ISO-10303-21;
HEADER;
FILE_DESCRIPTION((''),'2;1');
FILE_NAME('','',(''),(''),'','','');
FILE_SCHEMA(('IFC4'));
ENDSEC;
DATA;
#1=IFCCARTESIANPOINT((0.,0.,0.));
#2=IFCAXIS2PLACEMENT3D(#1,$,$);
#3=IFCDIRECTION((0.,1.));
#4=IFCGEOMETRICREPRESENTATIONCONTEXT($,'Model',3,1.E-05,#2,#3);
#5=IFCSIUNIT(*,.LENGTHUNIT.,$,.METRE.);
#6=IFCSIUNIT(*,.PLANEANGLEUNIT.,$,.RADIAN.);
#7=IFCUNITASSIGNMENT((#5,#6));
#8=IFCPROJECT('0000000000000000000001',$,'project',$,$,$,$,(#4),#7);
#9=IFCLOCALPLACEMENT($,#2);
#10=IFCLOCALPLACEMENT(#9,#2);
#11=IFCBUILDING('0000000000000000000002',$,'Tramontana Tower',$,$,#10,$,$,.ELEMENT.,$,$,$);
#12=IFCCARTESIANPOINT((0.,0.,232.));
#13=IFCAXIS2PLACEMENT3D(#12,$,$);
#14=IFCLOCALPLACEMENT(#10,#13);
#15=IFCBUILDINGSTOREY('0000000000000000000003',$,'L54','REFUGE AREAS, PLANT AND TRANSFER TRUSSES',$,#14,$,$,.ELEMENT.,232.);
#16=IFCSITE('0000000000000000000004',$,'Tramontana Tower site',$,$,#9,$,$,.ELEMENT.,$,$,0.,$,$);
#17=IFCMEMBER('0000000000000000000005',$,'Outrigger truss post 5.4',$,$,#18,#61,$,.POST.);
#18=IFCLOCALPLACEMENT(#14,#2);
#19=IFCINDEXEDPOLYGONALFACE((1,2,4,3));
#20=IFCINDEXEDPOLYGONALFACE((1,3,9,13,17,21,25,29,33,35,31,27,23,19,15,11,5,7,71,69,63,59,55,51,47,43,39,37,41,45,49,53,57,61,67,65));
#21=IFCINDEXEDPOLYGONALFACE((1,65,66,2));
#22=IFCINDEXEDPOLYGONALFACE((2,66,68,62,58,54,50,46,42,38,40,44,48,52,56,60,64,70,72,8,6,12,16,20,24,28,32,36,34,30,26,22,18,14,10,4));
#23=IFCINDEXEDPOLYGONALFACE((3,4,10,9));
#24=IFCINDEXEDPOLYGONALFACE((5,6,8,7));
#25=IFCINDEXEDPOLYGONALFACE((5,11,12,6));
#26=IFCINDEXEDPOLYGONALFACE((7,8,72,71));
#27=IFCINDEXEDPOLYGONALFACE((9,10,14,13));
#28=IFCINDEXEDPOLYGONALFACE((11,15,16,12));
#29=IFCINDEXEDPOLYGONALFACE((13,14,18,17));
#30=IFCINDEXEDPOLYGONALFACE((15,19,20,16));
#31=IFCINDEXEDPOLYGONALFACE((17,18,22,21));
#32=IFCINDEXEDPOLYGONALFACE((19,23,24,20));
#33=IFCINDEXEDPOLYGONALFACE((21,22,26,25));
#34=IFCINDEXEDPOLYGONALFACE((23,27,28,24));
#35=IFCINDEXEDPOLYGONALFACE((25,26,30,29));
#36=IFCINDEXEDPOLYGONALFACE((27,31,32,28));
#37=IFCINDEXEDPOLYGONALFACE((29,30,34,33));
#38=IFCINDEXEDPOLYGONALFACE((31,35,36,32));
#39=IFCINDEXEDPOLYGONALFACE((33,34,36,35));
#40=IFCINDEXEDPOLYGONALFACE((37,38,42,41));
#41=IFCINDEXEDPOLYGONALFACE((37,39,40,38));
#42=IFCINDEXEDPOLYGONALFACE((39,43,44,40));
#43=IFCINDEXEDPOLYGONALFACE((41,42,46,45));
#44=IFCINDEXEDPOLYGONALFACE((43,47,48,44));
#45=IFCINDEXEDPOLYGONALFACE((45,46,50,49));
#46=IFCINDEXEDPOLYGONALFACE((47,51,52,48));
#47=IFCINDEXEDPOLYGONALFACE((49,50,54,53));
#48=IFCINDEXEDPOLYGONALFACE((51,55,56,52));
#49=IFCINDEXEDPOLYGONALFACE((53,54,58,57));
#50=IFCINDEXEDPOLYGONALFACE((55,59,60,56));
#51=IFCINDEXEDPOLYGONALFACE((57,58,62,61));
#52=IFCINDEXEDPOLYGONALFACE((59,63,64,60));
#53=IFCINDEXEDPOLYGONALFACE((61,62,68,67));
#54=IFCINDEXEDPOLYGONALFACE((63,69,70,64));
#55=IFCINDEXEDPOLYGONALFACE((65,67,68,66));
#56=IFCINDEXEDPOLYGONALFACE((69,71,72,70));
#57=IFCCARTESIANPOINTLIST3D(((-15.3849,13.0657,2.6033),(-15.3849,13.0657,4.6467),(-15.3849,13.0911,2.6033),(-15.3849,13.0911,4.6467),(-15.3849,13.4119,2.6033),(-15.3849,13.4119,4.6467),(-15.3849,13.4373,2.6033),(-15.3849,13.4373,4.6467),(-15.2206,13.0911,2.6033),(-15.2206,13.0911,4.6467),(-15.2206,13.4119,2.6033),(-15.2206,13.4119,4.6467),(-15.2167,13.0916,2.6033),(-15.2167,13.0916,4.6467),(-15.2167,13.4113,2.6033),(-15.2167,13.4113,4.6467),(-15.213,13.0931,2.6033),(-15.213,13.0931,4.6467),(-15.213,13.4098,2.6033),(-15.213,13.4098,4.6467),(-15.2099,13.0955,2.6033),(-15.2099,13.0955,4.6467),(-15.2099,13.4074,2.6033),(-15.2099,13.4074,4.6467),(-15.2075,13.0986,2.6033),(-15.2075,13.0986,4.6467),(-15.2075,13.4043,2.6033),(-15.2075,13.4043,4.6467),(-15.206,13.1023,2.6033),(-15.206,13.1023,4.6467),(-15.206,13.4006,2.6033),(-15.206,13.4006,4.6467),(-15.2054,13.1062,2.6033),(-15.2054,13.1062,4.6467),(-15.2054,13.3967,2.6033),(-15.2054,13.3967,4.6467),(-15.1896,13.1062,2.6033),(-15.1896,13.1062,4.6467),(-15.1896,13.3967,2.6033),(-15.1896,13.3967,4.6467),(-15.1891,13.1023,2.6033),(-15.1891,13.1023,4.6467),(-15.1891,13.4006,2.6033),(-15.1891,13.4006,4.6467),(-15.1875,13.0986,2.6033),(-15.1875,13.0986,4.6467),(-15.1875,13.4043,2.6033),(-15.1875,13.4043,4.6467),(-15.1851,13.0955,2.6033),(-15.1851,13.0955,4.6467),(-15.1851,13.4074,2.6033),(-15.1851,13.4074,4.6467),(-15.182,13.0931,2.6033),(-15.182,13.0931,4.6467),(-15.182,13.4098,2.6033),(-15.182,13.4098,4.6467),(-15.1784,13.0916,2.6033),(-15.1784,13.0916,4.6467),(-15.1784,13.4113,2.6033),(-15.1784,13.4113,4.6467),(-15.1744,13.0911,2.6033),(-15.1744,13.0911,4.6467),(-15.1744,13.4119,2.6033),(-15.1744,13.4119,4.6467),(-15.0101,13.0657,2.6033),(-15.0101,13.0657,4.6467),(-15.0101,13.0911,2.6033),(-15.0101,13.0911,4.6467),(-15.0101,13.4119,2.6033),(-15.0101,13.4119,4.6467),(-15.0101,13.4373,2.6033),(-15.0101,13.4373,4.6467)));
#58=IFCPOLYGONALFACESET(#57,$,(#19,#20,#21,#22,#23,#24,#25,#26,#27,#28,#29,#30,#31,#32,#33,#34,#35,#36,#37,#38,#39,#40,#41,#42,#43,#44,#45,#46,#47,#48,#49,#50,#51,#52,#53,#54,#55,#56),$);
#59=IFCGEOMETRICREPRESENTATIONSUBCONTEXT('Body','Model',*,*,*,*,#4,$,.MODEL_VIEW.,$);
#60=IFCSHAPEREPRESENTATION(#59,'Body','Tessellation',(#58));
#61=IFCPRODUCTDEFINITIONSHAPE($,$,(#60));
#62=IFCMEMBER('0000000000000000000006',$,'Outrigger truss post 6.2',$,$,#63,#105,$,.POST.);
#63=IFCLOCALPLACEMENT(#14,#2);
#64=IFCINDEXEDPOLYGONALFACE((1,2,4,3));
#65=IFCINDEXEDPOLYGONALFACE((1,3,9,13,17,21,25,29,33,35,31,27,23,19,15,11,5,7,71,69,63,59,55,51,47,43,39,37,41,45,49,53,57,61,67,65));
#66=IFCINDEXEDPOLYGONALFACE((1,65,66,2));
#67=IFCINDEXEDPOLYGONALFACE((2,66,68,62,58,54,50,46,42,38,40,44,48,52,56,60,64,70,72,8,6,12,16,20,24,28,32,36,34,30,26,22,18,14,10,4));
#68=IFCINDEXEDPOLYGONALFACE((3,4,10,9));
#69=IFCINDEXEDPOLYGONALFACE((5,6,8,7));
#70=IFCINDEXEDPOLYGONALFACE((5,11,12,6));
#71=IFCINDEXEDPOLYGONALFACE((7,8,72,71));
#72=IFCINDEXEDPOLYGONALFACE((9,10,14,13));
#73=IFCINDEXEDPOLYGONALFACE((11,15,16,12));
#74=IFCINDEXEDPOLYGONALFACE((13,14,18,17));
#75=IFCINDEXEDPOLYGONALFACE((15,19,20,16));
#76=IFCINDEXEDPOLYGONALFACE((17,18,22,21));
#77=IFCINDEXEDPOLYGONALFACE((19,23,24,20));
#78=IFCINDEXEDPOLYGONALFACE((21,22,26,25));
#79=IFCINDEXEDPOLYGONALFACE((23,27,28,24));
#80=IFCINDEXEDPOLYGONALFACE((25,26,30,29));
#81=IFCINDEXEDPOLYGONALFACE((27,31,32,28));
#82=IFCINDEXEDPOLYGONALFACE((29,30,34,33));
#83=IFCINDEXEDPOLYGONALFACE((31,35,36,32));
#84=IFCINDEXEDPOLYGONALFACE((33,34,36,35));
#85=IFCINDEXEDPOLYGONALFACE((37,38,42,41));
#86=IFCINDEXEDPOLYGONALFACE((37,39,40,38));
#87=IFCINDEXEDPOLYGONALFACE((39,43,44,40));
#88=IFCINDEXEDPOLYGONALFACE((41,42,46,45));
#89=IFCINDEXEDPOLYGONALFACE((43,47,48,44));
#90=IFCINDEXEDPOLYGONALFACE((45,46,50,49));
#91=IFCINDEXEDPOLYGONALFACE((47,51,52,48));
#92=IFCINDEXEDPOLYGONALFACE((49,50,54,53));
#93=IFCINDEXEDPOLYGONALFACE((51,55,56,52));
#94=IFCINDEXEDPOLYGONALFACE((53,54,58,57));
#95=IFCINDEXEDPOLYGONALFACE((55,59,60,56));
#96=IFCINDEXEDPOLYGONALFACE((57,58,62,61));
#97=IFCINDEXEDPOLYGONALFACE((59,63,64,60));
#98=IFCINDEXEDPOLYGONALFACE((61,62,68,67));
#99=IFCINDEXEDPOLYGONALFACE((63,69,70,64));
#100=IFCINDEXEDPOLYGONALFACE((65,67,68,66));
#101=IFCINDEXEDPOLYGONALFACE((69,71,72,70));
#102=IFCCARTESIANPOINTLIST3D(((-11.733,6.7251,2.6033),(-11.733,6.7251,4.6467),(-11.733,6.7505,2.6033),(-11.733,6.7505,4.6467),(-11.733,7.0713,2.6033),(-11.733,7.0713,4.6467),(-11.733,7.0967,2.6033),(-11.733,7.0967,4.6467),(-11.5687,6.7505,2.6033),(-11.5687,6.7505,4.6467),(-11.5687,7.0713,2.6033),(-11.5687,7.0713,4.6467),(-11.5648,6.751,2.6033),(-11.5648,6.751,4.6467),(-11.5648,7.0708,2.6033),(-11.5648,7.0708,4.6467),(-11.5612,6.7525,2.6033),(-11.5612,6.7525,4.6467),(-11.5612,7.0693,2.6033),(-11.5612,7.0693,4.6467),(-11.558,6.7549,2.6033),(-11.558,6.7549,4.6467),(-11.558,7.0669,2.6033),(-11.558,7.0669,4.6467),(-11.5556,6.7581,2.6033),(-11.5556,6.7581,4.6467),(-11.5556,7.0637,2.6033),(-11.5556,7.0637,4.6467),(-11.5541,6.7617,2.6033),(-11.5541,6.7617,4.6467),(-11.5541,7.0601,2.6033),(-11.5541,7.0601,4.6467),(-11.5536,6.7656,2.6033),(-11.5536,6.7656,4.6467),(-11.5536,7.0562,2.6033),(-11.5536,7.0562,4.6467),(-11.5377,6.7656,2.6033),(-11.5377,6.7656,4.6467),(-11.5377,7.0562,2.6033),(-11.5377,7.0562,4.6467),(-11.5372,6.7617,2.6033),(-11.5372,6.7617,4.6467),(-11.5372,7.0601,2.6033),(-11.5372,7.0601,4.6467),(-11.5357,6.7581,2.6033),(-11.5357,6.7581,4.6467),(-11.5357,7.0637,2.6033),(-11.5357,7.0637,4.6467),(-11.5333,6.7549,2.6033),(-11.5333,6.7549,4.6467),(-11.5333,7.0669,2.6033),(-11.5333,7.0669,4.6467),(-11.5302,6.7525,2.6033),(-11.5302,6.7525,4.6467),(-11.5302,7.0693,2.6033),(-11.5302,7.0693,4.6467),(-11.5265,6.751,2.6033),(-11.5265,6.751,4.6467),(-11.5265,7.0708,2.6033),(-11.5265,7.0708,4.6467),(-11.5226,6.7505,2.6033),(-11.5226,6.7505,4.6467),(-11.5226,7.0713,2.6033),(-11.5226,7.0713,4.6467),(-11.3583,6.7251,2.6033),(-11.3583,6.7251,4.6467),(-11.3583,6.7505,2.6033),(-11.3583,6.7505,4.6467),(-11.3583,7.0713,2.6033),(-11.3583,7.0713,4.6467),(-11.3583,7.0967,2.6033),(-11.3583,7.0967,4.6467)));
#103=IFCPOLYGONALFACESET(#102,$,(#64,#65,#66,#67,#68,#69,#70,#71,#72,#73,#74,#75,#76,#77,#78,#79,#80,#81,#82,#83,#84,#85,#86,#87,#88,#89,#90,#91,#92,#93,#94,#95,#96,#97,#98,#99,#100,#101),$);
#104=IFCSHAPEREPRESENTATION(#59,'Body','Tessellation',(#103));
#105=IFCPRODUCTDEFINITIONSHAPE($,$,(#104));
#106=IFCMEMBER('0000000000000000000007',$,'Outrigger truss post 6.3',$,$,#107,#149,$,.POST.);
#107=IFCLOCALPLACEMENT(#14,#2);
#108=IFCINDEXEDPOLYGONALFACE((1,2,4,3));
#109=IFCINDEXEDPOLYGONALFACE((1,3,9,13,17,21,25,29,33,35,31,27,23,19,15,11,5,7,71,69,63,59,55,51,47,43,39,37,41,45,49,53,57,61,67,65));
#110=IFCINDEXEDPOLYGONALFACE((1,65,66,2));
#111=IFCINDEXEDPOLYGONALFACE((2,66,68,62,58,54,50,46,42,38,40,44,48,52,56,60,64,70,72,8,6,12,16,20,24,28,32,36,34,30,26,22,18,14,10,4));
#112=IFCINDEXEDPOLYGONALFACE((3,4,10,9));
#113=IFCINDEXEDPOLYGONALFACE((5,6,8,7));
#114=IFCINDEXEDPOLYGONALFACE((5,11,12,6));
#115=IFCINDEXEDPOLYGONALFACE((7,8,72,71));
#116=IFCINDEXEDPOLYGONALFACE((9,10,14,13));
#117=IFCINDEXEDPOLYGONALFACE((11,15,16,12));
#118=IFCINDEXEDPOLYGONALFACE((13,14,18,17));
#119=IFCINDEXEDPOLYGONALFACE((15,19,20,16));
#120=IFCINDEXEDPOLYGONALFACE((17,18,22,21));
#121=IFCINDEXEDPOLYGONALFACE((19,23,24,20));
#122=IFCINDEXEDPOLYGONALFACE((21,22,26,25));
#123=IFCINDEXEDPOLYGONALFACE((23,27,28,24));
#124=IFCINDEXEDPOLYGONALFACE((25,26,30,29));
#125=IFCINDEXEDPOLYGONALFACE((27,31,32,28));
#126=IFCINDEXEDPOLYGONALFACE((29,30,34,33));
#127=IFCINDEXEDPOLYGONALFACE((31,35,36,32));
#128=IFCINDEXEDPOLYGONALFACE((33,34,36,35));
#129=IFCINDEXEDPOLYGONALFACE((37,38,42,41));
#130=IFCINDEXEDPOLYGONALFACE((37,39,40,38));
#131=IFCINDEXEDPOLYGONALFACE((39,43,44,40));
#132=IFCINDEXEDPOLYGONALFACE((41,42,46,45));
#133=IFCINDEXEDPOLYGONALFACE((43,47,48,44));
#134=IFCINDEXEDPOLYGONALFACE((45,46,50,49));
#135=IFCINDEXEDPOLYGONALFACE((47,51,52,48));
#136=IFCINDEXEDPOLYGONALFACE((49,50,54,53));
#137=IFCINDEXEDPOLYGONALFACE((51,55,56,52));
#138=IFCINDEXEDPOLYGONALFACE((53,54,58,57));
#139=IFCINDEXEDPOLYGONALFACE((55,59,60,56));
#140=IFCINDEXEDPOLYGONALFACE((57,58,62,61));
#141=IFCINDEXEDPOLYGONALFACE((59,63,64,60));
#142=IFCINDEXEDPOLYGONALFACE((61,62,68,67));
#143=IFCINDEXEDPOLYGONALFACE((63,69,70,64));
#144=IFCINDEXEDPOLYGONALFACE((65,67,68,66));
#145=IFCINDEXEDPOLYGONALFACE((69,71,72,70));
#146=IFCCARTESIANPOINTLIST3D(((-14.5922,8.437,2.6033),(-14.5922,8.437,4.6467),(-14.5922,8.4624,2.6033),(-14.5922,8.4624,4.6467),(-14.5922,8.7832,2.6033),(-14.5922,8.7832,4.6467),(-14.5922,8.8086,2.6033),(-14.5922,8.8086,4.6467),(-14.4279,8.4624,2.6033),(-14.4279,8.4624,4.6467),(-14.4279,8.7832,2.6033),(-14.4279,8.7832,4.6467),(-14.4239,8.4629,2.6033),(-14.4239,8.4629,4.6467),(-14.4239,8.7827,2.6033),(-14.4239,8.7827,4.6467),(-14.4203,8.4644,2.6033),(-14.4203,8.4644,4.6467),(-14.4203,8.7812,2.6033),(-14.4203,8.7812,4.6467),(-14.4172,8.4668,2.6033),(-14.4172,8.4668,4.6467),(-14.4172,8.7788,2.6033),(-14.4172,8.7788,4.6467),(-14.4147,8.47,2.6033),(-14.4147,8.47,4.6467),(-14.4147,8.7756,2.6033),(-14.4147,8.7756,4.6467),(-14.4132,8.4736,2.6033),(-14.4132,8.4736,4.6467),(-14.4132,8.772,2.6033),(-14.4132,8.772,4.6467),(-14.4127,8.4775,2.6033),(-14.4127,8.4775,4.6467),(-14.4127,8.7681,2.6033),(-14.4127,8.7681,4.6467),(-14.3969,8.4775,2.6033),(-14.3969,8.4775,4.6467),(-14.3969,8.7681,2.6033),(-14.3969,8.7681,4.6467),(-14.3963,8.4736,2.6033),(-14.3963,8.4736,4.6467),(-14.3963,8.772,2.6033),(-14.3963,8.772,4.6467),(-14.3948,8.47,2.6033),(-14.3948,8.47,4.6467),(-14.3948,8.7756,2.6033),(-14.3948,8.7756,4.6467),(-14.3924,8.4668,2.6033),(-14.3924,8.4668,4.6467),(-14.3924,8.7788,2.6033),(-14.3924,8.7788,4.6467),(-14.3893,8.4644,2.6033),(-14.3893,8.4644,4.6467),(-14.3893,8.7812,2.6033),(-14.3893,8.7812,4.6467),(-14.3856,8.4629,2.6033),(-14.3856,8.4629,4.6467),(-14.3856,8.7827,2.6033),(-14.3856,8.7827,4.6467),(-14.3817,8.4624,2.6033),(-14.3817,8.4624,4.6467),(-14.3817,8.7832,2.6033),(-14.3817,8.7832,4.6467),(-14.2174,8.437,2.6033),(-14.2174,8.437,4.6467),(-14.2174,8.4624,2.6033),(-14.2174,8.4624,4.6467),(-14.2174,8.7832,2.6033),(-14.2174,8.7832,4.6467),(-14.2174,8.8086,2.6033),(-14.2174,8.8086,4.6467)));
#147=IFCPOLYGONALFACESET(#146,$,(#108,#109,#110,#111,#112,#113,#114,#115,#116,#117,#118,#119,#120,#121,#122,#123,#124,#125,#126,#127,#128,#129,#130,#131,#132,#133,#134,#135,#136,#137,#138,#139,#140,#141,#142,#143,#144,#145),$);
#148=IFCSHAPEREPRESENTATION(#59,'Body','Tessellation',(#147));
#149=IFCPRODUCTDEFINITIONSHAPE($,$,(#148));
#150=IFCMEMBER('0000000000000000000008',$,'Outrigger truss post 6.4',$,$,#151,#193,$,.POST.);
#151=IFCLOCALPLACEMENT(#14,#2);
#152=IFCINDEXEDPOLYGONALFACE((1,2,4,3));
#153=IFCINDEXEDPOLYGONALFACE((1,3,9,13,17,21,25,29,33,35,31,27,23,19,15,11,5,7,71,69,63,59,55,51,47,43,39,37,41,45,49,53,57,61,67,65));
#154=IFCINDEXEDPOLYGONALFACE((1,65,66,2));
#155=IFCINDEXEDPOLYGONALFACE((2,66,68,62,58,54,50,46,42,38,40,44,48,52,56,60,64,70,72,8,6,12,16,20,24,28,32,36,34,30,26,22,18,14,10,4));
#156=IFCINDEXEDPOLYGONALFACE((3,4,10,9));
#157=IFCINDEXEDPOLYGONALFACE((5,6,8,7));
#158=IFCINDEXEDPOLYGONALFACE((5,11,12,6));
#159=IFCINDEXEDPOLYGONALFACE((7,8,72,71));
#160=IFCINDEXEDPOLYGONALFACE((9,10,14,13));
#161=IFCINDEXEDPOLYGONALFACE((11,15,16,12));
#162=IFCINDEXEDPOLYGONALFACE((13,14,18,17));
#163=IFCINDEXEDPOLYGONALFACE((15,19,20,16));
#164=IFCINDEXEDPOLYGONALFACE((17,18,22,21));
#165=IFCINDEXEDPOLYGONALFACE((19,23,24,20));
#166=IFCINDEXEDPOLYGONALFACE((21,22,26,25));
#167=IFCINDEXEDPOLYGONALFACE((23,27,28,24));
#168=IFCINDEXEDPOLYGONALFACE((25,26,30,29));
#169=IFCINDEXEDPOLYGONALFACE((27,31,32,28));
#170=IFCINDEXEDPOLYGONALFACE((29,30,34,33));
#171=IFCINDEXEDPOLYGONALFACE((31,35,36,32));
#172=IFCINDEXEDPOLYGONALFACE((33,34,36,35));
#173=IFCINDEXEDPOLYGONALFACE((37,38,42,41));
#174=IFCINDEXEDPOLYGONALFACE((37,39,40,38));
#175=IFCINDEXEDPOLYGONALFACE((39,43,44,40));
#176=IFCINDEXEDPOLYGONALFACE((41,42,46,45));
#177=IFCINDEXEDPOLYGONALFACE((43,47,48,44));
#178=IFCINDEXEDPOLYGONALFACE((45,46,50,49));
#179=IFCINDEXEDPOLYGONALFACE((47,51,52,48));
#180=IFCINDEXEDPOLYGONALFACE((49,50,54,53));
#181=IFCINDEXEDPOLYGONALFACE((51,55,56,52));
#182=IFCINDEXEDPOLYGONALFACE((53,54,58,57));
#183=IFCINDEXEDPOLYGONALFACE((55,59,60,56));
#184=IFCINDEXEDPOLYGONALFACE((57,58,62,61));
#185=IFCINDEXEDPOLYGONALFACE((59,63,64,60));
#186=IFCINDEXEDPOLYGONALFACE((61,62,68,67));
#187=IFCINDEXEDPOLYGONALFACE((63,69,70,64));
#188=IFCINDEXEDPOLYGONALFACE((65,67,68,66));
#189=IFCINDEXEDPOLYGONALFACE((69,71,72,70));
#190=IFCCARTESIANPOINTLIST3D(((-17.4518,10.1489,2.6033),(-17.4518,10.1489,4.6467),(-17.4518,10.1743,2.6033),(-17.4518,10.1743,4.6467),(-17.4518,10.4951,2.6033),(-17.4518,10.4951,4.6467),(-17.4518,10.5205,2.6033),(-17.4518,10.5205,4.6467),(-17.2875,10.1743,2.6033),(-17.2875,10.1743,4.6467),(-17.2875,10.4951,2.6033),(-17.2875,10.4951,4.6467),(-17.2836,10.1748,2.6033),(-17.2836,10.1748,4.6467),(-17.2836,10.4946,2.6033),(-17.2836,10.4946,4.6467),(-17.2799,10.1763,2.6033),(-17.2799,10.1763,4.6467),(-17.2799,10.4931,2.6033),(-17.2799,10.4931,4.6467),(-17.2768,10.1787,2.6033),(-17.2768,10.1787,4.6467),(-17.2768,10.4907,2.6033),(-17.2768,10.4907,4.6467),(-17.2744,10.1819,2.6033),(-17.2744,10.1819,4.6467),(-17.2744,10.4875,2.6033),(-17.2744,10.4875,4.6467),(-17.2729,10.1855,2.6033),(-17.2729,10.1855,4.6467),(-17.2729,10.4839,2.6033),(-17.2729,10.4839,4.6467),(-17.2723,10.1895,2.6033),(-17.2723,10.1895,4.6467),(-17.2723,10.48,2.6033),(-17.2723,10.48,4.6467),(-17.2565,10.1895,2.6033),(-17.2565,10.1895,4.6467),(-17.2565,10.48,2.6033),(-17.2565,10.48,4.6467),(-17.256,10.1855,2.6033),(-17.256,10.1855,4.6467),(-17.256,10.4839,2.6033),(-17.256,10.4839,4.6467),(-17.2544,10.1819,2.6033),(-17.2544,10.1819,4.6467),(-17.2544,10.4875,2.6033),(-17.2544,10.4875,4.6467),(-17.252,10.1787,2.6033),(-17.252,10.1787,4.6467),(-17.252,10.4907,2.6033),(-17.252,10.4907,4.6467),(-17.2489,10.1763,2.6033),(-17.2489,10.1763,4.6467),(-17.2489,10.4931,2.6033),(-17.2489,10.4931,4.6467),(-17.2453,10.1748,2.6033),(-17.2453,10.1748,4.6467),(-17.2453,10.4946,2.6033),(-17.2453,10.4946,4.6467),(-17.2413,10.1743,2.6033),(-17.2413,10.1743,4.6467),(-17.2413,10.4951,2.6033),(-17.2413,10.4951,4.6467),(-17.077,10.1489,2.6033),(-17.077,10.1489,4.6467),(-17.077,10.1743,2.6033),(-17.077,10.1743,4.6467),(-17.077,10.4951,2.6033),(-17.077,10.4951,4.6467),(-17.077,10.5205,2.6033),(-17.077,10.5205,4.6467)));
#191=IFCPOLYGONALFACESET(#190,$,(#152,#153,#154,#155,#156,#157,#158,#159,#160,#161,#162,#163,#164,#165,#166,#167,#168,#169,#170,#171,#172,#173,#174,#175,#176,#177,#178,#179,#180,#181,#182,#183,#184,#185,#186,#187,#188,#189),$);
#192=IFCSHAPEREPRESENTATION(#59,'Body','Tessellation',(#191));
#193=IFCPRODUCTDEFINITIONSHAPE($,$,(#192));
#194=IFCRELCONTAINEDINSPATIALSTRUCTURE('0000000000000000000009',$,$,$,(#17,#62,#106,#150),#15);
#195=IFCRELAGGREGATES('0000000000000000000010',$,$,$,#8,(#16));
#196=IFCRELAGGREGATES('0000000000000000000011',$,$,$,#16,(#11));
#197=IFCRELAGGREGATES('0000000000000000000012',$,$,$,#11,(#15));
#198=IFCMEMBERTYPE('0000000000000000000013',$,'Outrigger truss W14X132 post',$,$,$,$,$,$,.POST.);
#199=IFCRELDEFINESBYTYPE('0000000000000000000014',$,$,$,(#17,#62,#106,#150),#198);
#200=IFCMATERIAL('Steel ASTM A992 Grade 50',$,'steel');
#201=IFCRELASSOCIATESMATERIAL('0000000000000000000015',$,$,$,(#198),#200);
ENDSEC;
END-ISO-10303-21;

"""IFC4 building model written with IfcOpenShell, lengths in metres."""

from ifc_helpers import new_model, si_unit, direction, frame, origin, origin_2d, place, context, subcontext, project, spatial, i_section, extrude, material, material_profile, profile_set, type_object, element, save


model = new_model("IFC4")

# Units and contexts
model_context = context("Model", 3, precision=1e-05, world=origin(), true_north=direction((0.0, 1.0)))
body_context = subcontext(model_context, "Body", "Model", "MODEL_VIEW")
ifc_project = project(units=[si_unit("LENGTHUNIT", "METRE"), si_unit("PLANEANGLEUNIT", "RADIAN")], contexts=[model_context])

# Site, building, storey
site_placement = place(None, origin())
site = spatial("IfcSite", under=ifc_project, at=site_placement, Name="Tramontana Tower site", CompositionType="ELEMENT", RefElevation=0.0)
building_placement = place(site_placement, origin())
building = spatial("IfcBuilding", under=site, at=building_placement, Name="Tramontana Tower", CompositionType="ELEMENT")
storey_placement = place(building_placement, frame((0.0, 0.0, 232.0)))
storey = spatial("IfcBuildingStorey", under=building, at=storey_placement, Name="L54", Description="REFUGE AREAS, PLANT AND TRANSFER TRUSSES", CompositionType="ELEMENT", Elevation=232.0)

# Members
ifc_material_1 = material(Name="Steel ASTM A992 Grade 50", Category="steel")
ifc_material_profile_1 = material_profile(ifc_material_1, i_section(OverallWidth=0.3748, OverallDepth=0.3716, WebThickness=0.0159, FlangeThickness=0.0254, FilletRadius=0.0151, at=origin_2d()), Name="W14X132")
ifc_profile_set_1 = profile_set([ifc_material_profile_1], Name="Steel ASTM A992 Grade 50")
member_type_1 = type_object("IfcMemberType", Name="Outrigger truss W14X132 post", PredefinedType="POST", material=ifc_profile_set_1)
for number, where, z_axis, x_axis, name in (
    (1, (-15.1975, 13.2515, 2.6033), (0.0, 0.0, 1.0), (1.0, 0.0, 0.0), "Outrigger truss post 5.4"),
    (2, (-11.5457, 6.9109, 2.6033), (0.0, 0.0, 1.0), (1.0, 0.0, 0.0), "Outrigger truss post 6.2"),
    (3, (-14.4048, 8.6228, 2.6033), (0.0, 0.0, 1.0), (1.0, 0.0, 0.0), "Outrigger truss post 6.3"),
    (4, (-17.2644, 10.3347, 2.6033), (0.0, 0.0, 1.0), (1.0, 0.0, 0.0), "Outrigger truss post 6.4"),
):
    element("IfcMember", number, at=place(storey_placement, frame(where, z_axis=z_axis, x_axis=x_axis)), inside=storey, type_object=member_type_1, Name=name, PredefinedType="POST", context=body_context, shape_type="SweptSolid", body=[
        extrude(i_section(OverallWidth=0.3748, OverallDepth=0.3716, WebThickness=0.0159, FlangeThickness=0.0254, FilletRadius=0.0151, at=origin_2d()), origin(), (0.0, 0.0, 1.0), 2.0435),
    ])

save(model, "model.ifc")
